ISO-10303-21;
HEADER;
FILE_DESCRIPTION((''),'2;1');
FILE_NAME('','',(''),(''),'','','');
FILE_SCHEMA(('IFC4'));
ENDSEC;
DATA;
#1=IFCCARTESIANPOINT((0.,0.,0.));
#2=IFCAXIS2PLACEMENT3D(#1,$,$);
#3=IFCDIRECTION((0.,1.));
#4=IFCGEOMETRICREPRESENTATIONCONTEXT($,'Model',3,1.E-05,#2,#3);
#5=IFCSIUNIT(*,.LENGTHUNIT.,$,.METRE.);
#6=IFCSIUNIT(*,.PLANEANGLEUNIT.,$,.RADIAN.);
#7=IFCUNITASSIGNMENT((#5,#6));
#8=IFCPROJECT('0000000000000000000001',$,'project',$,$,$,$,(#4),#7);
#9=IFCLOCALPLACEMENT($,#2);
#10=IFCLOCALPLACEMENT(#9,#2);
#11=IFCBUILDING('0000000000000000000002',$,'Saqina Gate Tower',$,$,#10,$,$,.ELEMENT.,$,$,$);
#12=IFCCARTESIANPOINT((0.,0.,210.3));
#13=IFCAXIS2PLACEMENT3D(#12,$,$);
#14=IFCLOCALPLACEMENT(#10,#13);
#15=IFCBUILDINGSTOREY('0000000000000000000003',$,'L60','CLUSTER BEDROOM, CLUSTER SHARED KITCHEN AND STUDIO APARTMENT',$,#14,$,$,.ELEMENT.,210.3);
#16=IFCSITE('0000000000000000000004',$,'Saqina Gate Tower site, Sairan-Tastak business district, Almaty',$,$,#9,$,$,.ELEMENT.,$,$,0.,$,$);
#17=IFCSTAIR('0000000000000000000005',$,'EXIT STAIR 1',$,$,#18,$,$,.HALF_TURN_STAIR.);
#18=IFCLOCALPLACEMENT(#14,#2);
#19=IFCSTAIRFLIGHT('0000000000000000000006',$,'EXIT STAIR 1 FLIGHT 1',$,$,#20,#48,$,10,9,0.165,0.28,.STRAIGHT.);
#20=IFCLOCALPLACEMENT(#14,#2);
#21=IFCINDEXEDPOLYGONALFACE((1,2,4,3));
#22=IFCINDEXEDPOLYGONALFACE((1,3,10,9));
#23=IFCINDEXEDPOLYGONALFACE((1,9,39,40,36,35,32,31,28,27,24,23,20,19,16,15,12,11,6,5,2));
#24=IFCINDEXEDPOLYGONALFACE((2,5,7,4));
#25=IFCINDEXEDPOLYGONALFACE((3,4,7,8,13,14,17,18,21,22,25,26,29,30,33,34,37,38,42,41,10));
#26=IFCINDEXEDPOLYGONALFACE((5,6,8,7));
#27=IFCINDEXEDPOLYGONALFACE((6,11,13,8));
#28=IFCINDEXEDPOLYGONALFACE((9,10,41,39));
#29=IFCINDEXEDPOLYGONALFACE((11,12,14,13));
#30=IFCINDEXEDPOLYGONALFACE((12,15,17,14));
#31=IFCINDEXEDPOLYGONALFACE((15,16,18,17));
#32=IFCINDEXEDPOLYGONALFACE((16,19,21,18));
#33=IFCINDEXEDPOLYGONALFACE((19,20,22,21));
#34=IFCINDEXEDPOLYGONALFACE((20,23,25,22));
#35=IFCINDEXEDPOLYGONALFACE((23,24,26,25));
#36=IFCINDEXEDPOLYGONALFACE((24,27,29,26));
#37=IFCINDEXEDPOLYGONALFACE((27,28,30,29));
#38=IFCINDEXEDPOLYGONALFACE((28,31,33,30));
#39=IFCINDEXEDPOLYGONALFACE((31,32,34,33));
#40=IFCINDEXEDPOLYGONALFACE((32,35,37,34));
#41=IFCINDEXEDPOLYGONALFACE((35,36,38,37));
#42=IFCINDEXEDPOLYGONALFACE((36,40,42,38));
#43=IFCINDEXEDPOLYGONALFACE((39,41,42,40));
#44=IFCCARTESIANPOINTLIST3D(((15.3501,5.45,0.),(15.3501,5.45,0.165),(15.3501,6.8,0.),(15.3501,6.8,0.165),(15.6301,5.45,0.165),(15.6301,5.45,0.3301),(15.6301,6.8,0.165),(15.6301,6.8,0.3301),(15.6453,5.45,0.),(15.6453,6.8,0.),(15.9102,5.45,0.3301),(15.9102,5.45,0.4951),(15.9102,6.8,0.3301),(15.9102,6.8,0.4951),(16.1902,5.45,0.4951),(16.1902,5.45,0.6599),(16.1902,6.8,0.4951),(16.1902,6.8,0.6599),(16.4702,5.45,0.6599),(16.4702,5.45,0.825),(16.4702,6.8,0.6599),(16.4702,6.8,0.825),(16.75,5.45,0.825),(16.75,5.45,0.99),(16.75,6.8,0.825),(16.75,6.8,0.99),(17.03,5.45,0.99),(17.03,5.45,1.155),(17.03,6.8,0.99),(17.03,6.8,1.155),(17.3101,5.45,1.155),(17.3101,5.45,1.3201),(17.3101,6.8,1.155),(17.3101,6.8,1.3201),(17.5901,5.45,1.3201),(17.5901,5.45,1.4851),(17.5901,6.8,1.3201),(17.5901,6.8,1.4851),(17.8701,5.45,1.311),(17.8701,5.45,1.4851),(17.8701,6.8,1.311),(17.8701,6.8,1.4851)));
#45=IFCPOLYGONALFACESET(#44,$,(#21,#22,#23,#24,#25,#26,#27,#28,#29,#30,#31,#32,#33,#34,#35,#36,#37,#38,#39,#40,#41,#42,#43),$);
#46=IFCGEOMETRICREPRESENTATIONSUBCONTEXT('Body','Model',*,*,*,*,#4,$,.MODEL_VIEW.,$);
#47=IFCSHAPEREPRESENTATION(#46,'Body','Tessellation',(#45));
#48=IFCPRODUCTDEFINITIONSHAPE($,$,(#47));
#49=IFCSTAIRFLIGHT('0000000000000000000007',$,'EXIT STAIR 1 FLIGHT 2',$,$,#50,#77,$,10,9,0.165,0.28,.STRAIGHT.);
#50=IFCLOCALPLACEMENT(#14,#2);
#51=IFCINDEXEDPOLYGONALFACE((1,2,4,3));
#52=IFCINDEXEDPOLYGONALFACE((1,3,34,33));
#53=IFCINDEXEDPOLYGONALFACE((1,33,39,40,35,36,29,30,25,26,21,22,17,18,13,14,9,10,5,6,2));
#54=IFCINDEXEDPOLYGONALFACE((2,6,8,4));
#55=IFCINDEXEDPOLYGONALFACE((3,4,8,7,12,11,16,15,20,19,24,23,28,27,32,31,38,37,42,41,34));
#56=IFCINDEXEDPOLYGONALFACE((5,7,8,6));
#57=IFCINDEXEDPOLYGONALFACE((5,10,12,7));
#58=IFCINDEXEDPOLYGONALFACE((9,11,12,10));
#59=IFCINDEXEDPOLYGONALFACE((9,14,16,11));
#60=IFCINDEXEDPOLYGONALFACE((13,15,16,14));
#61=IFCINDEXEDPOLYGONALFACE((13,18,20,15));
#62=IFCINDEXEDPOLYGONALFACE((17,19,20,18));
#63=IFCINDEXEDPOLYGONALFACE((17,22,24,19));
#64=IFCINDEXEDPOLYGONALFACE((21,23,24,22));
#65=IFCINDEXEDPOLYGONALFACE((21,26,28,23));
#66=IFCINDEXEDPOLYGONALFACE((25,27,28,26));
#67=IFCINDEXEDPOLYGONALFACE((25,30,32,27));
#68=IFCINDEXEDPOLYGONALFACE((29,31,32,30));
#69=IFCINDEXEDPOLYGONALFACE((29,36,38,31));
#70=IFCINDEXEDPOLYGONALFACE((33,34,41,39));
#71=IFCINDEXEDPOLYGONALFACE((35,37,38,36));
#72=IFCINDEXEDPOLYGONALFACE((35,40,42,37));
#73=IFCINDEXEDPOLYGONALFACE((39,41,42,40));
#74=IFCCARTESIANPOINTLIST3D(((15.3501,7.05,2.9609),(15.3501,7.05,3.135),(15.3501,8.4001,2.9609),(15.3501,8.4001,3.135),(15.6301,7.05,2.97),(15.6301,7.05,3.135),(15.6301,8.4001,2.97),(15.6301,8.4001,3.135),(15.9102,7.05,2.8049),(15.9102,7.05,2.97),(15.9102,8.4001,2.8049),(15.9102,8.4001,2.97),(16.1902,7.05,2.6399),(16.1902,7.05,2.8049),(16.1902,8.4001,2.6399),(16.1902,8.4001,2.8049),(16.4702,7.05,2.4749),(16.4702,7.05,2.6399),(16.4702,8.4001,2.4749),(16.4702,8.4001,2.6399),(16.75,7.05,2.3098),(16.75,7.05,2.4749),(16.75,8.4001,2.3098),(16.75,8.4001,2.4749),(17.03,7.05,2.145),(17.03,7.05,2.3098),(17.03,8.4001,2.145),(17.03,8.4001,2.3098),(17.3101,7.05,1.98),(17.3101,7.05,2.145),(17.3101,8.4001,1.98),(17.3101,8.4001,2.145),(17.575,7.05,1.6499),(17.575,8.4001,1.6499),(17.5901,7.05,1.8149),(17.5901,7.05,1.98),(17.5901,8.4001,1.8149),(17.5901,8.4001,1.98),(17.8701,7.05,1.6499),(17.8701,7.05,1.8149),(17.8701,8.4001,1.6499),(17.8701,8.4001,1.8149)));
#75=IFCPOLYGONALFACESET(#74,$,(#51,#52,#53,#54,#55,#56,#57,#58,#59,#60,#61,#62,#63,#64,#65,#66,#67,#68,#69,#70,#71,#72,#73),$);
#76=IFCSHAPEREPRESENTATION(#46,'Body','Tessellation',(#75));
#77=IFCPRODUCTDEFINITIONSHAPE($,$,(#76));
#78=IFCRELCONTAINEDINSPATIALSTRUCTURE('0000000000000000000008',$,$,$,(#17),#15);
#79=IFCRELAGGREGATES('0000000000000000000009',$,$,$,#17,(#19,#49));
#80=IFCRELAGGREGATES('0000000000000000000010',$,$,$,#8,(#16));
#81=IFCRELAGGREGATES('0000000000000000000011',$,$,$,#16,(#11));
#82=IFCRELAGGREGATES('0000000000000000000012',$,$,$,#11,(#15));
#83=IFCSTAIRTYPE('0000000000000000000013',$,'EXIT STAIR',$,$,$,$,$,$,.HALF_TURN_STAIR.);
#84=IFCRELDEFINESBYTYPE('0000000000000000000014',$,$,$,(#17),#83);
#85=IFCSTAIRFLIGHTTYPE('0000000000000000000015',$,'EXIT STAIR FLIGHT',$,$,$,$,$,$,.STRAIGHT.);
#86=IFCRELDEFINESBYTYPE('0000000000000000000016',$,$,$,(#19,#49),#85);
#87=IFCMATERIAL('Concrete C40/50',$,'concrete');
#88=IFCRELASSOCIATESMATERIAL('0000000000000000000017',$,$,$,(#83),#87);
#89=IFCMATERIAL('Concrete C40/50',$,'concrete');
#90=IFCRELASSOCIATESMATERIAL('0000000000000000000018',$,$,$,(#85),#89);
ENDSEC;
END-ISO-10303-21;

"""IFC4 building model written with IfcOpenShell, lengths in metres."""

from ifc_helpers import new_model, si_unit, direction, frame, origin, place, context, subcontext, project, spatial, polyline, outline, extrude, material, type_object, element, aggregate, save


model = new_model("IFC4")

# Units and contexts
model_context = context("Model", 3, precision=1e-05, world=origin(), true_north=direction((0.0, 1.0)))
body_context = subcontext(model_context, "Body", "Model", "MODEL_VIEW")
ifc_project = project(units=[si_unit("LENGTHUNIT", "METRE"), si_unit("PLANEANGLEUNIT", "RADIAN")], contexts=[model_context])

# Site, building, storey
site_placement = place(None, origin())
site = spatial("IfcSite", under=ifc_project, at=site_placement, Name="Saqina Gate Tower site, Sairan-Tastak business district, Almaty", CompositionType="ELEMENT", RefElevation=0.0)
building_placement = place(site_placement, origin())
building = spatial("IfcBuilding", under=site, at=building_placement, Name="Saqina Gate Tower", CompositionType="ELEMENT")
storey_placement = place(building_placement, frame((0.0, 0.0, 210.3)))
storey = spatial("IfcBuildingStorey", under=building, at=storey_placement, Name="L60", Description="CLUSTER BEDROOM, CLUSTER SHARED KITCHEN AND STUDIO APARTMENT", CompositionType="ELEMENT", Elevation=210.3)

# Stair, stair flights
ifc_material_1 = material(Name="Concrete C40/50", Category="concrete")
stair_type = type_object("IfcStairType", Name="EXIT STAIR", PredefinedType="HALF_TURN_STAIR", material=ifc_material_1)
stair_placement = place(storey_placement, origin())
stair = element("IfcStair", 1, at=stair_placement, inside=storey, type_object=stair_type, Name="EXIT STAIR 1", PredefinedType="HALF_TURN_STAIR")
ifc_material_2 = material(Name="Concrete C40/50", Category="concrete")
stair_flight_type = type_object("IfcStairFlightType", Name="EXIT STAIR FLIGHT", PredefinedType="STRAIGHT", material=ifc_material_2)
stair_flight_1_placement = place(storey_placement, frame((15.3501, 6.125, 0.0), z_axis=(0.0, 0.0, 1.0), x_axis=(1.0, 0.0, 0.0)))
stair_flight_1 = element("IfcStairFlight", 2, at=stair_flight_1_placement, type_object=stair_flight_type, Name="EXIT STAIR 1 FLIGHT 1", NumberOfRisers=10, NumberOfTreads=9, PredefinedType="STRAIGHT", RiserHeight=0.165, TreadLength=0.28, context=body_context, shape_type="SweptSolid", body=[
    extrude(outline(polyline([(0.0, 0.0), (0.0, 0.165), (0.28, 0.165), (0.28, 0.3301), (0.5601, 0.3301), (0.5601, 0.4951), (0.8401, 0.4951), (0.8401, 0.6599), (1.1201, 0.6599), (1.1201, 0.825), (1.3999, 0.825), (1.3999, 0.99), (1.6799, 0.99), (1.6799, 1.155), (1.96, 1.155), (1.96, 1.3201), (2.24, 1.3201), (2.24, 1.4851), (2.52, 1.4851), (2.52, 1.6499), (2.52, 1.311), (0.2952, 0.0), (0.0, 0.0)])), frame((0.0, 0.675, 0.0), z_axis=(0.0, -1.0, 0.0), x_axis=(1.0, 0.0, 0.0)), (0.0, 0.0, 1.0), 1.3501),
])
stair_flight_2_placement = place(storey_placement, frame((17.8701, 7.7251, 1.6499), z_axis=(0.0, 0.0, 1.0), x_axis=(-1.0, 0.0, 0.0)))
stair_flight_2 = element("IfcStairFlight", 3, at=stair_flight_2_placement, type_object=stair_flight_type, Name="EXIT STAIR 1 FLIGHT 2", NumberOfRisers=10, NumberOfTreads=9, PredefinedType="STRAIGHT", RiserHeight=0.165, TreadLength=0.28, context=body_context, shape_type="SweptSolid", body=[
    extrude(outline(polyline([(0.0, 0.0), (0.0, 0.165), (0.28, 0.165), (0.28, 0.3301), (0.5601, 0.3301), (0.5601, 0.4951), (0.8401, 0.4951), (0.8401, 0.6599), (1.1201, 0.6599), (1.1201, 0.825), (1.3999, 0.825), (1.3999, 0.99), (1.6799, 0.99), (1.6799, 1.155), (1.96, 1.155), (1.96, 1.3201), (2.24, 1.3201), (2.24, 1.4851), (2.52, 1.4851), (2.52, 1.6499), (2.52, 1.311), (0.2952, 0.0), (0.0, 0.0)])), frame((0.0, 0.675, 0.0), z_axis=(0.0, -1.0, 0.0), x_axis=(1.0, 0.0, 0.0)), (0.0, 0.0, 1.0), 1.3501),
])
aggregate(stair, [stair_flight_1, stair_flight_2])

save(model, "model.ifc")
